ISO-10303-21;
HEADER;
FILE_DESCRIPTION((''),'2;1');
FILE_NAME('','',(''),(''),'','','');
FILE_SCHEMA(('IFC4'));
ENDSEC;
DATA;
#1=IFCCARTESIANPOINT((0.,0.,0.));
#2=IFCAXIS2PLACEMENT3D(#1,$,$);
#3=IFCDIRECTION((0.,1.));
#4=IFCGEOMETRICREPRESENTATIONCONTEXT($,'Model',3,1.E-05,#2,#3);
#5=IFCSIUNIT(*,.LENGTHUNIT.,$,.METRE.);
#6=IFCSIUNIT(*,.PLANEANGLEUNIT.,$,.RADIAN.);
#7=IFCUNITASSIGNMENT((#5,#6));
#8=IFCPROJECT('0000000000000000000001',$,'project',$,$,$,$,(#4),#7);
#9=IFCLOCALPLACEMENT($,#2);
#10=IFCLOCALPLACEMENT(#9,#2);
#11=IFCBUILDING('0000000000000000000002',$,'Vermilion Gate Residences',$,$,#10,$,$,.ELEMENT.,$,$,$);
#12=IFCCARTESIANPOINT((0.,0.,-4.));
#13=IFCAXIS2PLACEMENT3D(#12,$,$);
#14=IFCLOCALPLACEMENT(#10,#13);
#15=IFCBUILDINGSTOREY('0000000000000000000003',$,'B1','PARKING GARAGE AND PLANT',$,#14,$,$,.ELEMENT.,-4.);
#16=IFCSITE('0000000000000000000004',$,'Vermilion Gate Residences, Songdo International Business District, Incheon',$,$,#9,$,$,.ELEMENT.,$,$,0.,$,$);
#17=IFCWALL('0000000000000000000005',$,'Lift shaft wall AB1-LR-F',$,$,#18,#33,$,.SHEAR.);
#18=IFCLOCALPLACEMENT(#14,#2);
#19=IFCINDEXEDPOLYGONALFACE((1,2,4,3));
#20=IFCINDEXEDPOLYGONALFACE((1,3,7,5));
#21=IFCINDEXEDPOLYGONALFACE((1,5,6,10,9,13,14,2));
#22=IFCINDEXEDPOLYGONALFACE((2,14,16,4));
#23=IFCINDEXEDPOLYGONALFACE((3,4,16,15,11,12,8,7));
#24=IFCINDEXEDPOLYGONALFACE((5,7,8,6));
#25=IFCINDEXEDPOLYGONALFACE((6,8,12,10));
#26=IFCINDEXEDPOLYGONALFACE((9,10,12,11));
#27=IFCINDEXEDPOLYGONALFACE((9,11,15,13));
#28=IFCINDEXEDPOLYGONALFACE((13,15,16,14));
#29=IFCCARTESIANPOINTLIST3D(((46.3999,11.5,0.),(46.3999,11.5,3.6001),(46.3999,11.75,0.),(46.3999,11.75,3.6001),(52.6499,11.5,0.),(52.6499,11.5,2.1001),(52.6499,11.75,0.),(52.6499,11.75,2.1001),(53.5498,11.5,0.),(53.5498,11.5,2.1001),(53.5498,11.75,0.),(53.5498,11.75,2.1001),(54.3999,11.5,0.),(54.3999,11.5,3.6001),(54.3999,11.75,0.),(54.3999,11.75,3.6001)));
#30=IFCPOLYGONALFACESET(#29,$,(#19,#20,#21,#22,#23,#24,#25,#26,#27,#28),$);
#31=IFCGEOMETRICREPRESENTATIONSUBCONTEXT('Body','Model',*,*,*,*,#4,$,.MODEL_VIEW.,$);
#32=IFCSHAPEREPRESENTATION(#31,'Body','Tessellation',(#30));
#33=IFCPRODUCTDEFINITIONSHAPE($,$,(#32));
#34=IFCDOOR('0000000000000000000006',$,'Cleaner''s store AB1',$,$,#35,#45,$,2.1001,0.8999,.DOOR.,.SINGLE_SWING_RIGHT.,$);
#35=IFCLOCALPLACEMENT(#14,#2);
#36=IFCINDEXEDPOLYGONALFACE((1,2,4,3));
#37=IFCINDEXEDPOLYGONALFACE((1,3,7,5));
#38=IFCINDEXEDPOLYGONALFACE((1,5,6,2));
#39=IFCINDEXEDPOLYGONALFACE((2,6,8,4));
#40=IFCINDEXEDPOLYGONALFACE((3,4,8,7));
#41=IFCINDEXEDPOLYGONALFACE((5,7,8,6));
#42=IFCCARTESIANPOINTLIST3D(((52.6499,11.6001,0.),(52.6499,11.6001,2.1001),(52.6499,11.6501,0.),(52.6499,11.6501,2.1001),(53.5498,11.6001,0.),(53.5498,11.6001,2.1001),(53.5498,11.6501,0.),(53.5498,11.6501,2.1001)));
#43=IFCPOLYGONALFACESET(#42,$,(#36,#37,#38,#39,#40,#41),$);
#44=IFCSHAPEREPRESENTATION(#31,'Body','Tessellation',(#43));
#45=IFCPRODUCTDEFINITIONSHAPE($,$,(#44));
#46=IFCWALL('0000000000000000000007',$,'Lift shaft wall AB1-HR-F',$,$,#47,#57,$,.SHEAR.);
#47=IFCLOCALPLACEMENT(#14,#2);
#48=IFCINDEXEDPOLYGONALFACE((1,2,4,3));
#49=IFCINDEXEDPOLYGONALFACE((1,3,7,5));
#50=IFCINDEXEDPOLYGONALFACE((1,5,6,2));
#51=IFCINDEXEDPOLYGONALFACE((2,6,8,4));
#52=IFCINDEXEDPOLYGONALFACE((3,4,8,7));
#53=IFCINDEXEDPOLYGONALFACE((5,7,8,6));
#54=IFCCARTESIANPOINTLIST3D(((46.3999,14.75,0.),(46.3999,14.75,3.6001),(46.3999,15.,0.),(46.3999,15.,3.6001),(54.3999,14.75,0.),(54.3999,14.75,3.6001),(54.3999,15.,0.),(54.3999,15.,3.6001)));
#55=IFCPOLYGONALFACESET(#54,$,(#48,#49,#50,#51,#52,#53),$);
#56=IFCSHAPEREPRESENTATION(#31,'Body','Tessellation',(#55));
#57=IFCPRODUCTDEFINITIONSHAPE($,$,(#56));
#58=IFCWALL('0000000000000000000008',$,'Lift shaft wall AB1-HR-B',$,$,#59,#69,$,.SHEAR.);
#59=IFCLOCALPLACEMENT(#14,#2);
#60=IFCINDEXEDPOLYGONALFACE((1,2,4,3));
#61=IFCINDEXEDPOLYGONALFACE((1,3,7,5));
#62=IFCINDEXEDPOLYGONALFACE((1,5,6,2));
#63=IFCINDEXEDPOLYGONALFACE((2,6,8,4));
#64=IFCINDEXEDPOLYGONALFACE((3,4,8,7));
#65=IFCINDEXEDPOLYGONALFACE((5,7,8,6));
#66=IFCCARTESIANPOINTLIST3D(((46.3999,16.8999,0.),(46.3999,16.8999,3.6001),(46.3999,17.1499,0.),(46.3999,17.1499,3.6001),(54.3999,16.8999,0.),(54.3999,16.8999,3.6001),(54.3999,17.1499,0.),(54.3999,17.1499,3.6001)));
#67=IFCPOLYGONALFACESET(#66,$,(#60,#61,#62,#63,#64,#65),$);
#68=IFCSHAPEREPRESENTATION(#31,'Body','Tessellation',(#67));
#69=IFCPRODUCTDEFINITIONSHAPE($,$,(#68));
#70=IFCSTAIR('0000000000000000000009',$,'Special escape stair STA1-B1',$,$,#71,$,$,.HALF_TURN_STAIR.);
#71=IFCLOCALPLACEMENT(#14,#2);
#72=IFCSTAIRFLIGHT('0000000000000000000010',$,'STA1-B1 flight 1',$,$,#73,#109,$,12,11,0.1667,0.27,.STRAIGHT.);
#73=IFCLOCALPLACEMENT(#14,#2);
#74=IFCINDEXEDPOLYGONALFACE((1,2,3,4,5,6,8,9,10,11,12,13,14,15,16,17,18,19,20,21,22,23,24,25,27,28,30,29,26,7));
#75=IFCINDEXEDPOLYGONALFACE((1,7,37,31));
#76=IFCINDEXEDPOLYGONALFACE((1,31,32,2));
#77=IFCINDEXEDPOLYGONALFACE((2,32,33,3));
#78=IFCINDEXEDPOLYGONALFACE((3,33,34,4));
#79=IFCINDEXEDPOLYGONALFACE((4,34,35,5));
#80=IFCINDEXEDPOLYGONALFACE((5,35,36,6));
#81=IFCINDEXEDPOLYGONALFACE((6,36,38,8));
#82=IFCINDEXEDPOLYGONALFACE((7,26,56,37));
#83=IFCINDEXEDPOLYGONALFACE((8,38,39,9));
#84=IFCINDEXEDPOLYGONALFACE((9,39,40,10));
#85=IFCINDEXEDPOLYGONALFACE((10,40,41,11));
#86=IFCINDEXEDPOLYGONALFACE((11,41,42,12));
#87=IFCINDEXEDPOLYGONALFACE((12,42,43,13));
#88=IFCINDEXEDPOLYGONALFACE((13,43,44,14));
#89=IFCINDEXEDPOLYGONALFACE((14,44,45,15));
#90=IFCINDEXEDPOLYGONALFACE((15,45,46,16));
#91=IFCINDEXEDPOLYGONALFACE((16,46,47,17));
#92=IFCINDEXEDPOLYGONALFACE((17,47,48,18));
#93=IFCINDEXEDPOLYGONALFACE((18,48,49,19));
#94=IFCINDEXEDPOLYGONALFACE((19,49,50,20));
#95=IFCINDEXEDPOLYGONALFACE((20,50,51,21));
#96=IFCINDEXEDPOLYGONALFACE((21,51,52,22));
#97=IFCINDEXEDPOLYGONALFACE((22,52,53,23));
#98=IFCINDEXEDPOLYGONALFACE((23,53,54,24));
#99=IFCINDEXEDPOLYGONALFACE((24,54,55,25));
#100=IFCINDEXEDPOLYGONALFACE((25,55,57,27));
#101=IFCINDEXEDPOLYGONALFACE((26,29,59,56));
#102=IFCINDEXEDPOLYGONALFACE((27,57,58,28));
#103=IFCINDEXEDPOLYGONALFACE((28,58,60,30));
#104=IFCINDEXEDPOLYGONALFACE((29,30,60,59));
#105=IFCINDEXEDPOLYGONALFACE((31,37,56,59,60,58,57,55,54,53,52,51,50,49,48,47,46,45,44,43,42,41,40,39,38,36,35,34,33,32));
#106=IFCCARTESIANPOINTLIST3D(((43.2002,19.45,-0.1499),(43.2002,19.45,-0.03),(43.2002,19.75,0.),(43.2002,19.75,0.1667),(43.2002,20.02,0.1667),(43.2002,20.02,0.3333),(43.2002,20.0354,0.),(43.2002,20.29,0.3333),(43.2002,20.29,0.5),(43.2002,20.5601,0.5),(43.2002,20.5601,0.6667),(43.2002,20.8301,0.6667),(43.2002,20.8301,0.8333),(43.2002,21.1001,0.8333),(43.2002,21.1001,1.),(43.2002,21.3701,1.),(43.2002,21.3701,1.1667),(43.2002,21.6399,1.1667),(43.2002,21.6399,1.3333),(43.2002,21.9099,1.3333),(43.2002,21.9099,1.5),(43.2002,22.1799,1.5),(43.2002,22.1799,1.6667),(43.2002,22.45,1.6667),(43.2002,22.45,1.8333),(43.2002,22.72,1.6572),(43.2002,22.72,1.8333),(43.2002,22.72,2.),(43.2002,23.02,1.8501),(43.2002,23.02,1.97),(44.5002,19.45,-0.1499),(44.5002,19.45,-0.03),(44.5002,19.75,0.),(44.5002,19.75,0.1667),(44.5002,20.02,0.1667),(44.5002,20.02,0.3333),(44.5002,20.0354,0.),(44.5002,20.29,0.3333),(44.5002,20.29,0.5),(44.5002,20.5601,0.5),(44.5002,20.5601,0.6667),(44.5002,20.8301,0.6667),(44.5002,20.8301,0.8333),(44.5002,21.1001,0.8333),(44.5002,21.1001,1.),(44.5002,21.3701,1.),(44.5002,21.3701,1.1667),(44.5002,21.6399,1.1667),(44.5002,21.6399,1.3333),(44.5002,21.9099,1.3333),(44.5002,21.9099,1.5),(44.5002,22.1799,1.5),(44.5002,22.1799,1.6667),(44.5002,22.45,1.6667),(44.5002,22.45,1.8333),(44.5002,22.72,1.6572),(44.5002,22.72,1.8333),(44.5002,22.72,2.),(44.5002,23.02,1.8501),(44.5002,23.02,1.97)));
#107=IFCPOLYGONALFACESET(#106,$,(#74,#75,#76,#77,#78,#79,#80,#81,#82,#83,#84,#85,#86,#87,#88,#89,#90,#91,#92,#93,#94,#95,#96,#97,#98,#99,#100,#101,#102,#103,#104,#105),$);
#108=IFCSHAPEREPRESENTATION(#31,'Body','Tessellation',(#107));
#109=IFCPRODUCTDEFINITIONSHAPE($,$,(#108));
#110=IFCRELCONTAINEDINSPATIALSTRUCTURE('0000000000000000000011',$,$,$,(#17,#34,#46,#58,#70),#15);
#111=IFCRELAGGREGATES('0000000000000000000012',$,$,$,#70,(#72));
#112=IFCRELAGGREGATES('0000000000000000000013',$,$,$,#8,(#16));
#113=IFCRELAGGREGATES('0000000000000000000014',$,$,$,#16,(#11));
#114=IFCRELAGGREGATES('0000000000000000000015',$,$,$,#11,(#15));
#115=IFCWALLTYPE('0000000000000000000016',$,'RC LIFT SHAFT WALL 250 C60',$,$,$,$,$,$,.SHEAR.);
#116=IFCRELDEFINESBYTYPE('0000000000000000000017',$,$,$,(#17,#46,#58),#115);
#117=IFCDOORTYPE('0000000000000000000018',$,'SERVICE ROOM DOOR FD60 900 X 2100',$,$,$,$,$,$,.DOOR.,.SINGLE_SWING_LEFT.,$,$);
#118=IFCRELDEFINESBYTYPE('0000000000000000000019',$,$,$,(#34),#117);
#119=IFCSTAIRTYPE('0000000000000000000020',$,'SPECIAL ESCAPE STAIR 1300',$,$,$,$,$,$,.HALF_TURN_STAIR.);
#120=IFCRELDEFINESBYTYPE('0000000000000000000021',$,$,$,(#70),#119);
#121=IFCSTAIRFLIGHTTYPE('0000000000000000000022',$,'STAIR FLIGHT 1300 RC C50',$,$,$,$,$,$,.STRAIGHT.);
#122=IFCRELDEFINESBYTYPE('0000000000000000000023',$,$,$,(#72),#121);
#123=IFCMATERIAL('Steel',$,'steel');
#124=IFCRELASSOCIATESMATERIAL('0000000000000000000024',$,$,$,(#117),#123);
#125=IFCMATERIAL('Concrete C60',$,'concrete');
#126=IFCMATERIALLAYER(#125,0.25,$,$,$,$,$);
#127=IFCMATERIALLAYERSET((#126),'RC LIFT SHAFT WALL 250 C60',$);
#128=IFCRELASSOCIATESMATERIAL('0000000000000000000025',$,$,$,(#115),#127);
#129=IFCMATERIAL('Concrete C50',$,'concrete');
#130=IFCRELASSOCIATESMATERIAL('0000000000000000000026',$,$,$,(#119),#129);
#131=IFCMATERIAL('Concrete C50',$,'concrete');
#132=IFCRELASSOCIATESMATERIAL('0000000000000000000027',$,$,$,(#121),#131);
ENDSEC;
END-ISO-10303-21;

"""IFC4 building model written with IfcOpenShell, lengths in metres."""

from ifc_helpers import new_model, si_unit, direction, frame, frame_2d, origin, place, context, subcontext, project, spatial, polyline, rectangle, outline, extrude, material, layer, layer_set, type_object, element, fill, aggregate, save


model = new_model("IFC4")

# Units and contexts
model_context = context("Model", 3, precision=1e-05, world=origin(), true_north=direction((0.0, 1.0)))
body_context = subcontext(model_context, "Body", "Model", "MODEL_VIEW")
ifc_project = project(units=[si_unit("LENGTHUNIT", "METRE"), si_unit("PLANEANGLEUNIT", "RADIAN")], contexts=[model_context])

# Site, building, storey
site_placement = place(None, origin())
site = spatial("IfcSite", under=ifc_project, at=site_placement, Name="Vermilion Gate Residences, Songdo International Business District, Incheon", CompositionType="ELEMENT", RefElevation=0.0)
building_placement = place(site_placement, origin())
building = spatial("IfcBuilding", under=site, at=building_placement, Name="Vermilion Gate Residences", CompositionType="ELEMENT")
storey_placement = place(building_placement, frame((0.0, 0.0, -4.0)))
storey = spatial("IfcBuildingStorey", under=building, at=storey_placement, Name="B1", Description="PARKING GARAGE AND PLANT", CompositionType="ELEMENT", Elevation=-4.0)

# Shared definitions
ifc_material_1 = material(Name="Steel", Category="steel")
door_type_1 = type_object("IfcDoorType", Name="SERVICE ROOM DOOR FD60 900 X 2100", OperationType="SINGLE_SWING_LEFT", PredefinedType="DOOR", material=ifc_material_1)

# Wall, opening, door
ifc_material_2 = material(Name="Concrete C60", Category="concrete")
ifc_layer_1 = layer(ifc_material_2, 0.25)
ifc_layer_set_1 = layer_set([ifc_layer_1], Name="RC LIFT SHAFT WALL 250 C60")
wall_type_1 = type_object("IfcWallType", Name="RC LIFT SHAFT WALL 250 C60", PredefinedType="SHEAR", material=ifc_layer_set_1)
wall_1_placement = place(storey_placement, frame((46.3999, 11.625, 0.0), z_axis=(0.0, 0.0, 1.0), x_axis=(1.0, 0.0, 0.0)))
wall_1 = element("IfcWall", 1, at=wall_1_placement, inside=storey, type_object=wall_type_1, Name="Lift shaft wall AB1-LR-F", PredefinedType="SHEAR", context=body_context, shape_type="SweptSolid", body=[
    extrude(rectangle(XDim=8.0, YDim=0.25, at=frame_2d((4.0, 0.0))), origin(), (0.0, 0.0, 1.0), 3.6001),
])
opening_1_placement = place(wall_1_placement, frame((6.25, 0.0, 0.0)))
opening_1 = element("IfcOpeningElement", 2, at=opening_1_placement, cuts=wall_1, PredefinedType="OPENING", context=body_context, shape_type="SweptSolid", body=[
    extrude(rectangle(XDim=0.8999, YDim=2.1001, at=frame_2d((0.45, 1.05))), frame((0.0, 0.135, 0.0), z_axis=(0.0, -1.0, 0.0), x_axis=(1.0, 0.0, 0.0)), (0.0, 0.0, 1.0), 0.27),
])
door_1_placement = place(opening_1_placement, frame((0.8999, 0.0, 0.0), z_axis=(0.0, 0.0, 1.0), x_axis=(-1.0, 0.0, 0.0)))
door_1 = element("IfcDoor", 3, at=door_1_placement, inside=storey, type_object=door_type_1, Name="Cleaner's store AB1", OperationType="SINGLE_SWING_RIGHT", OverallHeight=2.1001, OverallWidth=0.8999, PredefinedType="DOOR", context=body_context, shape_type="SweptSolid", body=[
    extrude(rectangle(XDim=0.8999, YDim=2.1001, at=frame_2d((0.45, 1.05))), frame((0.0, 0.0249, 0.0), z_axis=(0.0, -1.0, 0.0), x_axis=(1.0, 0.0, 0.0)), (0.0, 0.0, 1.0), 0.05),
])
fill(opening_1, door_1)

# Walls
for number, where, z_axis, x_axis, name in (
    (4, (46.3999, 14.875, 0.0), (0.0, 0.0, 1.0), (1.0, 0.0, 0.0), "Lift shaft wall AB1-HR-F"),
    (5, (46.3999, 17.0249, 0.0), (0.0, 0.0, 1.0), (1.0, 0.0, 0.0), "Lift shaft wall AB1-HR-B"),
):
    element("IfcWall", number, at=place(storey_placement, frame(where, z_axis=z_axis, x_axis=x_axis)), inside=storey, type_object=wall_type_1, Name=name, PredefinedType="SHEAR", context=body_context, shape_type="SweptSolid", body=[
        extrude(rectangle(XDim=8.0, YDim=0.25, at=frame_2d((4.0, 0.0))), origin(), (0.0, 0.0, 1.0), 3.6001),
    ])

# Stair, stair flight
ifc_material_3 = material(Name="Concrete C50", Category="concrete")
stair_type = type_object("IfcStairType", Name="SPECIAL ESCAPE STAIR 1300", PredefinedType="HALF_TURN_STAIR", material=ifc_material_3)
stair_placement = place(storey_placement, origin())
stair = element("IfcStair", 6, at=stair_placement, inside=storey, type_object=stair_type, Name="Special escape stair STA1-B1", PredefinedType="HALF_TURN_STAIR")
ifc_material_4 = material(Name="Concrete C50", Category="concrete")
stair_flight_type = type_object("IfcStairFlightType", Name="STAIR FLIGHT 1300 RC C50", PredefinedType="STRAIGHT", material=ifc_material_4)
stair_flight_placement = place(storey_placement, frame((43.8501, 19.75, 0.0), z_axis=(0.0, 0.0, 1.0), x_axis=(0.0, 1.0, 0.0)))
stair_flight = element("IfcStairFlight", 7, at=stair_flight_placement, type_object=stair_flight_type, Name="STA1-B1 flight 1", NumberOfRisers=12, NumberOfTreads=11, PredefinedType="STRAIGHT", RiserHeight=0.1667, TreadLength=0.27, context=body_context, shape_type="SweptSolid", body=[
    extrude(outline(polyline([(-0.3, -0.1499), (-0.3, -0.03), (0.0, 0.0), (0.0, 0.1667), (0.27, 0.1667), (0.27, 0.3333), (0.54, 0.3333), (0.54, 0.5), (0.8101, 0.5), (0.8101, 0.6667), (1.0801, 0.6667), (1.0801, 0.8333), (1.3501, 0.8333), (1.3501, 1.0), (1.6201, 1.0), (1.6201, 1.1667), (1.8899, 1.1667), (1.8899, 1.3333), (2.1599, 1.3333), (2.1599, 1.5), (2.4299, 1.5), (2.4299, 1.6667), (2.7, 1.6667), (2.7, 1.8333), (2.97, 1.8333), (2.97, 2.0), (3.27, 1.97), (3.27, 1.8501), (2.97, 1.6572), (0.2854, 0.0), (-0.3, -0.1499)])), frame((0.0, 0.6499, 0.0), z_axis=(0.0, -1.0, 0.0), x_axis=(1.0, 0.0, 0.0)), (0.0, 0.0, 1.0), 1.3),
])
aggregate(stair, [stair_flight])

save(model, "model.ifc")
